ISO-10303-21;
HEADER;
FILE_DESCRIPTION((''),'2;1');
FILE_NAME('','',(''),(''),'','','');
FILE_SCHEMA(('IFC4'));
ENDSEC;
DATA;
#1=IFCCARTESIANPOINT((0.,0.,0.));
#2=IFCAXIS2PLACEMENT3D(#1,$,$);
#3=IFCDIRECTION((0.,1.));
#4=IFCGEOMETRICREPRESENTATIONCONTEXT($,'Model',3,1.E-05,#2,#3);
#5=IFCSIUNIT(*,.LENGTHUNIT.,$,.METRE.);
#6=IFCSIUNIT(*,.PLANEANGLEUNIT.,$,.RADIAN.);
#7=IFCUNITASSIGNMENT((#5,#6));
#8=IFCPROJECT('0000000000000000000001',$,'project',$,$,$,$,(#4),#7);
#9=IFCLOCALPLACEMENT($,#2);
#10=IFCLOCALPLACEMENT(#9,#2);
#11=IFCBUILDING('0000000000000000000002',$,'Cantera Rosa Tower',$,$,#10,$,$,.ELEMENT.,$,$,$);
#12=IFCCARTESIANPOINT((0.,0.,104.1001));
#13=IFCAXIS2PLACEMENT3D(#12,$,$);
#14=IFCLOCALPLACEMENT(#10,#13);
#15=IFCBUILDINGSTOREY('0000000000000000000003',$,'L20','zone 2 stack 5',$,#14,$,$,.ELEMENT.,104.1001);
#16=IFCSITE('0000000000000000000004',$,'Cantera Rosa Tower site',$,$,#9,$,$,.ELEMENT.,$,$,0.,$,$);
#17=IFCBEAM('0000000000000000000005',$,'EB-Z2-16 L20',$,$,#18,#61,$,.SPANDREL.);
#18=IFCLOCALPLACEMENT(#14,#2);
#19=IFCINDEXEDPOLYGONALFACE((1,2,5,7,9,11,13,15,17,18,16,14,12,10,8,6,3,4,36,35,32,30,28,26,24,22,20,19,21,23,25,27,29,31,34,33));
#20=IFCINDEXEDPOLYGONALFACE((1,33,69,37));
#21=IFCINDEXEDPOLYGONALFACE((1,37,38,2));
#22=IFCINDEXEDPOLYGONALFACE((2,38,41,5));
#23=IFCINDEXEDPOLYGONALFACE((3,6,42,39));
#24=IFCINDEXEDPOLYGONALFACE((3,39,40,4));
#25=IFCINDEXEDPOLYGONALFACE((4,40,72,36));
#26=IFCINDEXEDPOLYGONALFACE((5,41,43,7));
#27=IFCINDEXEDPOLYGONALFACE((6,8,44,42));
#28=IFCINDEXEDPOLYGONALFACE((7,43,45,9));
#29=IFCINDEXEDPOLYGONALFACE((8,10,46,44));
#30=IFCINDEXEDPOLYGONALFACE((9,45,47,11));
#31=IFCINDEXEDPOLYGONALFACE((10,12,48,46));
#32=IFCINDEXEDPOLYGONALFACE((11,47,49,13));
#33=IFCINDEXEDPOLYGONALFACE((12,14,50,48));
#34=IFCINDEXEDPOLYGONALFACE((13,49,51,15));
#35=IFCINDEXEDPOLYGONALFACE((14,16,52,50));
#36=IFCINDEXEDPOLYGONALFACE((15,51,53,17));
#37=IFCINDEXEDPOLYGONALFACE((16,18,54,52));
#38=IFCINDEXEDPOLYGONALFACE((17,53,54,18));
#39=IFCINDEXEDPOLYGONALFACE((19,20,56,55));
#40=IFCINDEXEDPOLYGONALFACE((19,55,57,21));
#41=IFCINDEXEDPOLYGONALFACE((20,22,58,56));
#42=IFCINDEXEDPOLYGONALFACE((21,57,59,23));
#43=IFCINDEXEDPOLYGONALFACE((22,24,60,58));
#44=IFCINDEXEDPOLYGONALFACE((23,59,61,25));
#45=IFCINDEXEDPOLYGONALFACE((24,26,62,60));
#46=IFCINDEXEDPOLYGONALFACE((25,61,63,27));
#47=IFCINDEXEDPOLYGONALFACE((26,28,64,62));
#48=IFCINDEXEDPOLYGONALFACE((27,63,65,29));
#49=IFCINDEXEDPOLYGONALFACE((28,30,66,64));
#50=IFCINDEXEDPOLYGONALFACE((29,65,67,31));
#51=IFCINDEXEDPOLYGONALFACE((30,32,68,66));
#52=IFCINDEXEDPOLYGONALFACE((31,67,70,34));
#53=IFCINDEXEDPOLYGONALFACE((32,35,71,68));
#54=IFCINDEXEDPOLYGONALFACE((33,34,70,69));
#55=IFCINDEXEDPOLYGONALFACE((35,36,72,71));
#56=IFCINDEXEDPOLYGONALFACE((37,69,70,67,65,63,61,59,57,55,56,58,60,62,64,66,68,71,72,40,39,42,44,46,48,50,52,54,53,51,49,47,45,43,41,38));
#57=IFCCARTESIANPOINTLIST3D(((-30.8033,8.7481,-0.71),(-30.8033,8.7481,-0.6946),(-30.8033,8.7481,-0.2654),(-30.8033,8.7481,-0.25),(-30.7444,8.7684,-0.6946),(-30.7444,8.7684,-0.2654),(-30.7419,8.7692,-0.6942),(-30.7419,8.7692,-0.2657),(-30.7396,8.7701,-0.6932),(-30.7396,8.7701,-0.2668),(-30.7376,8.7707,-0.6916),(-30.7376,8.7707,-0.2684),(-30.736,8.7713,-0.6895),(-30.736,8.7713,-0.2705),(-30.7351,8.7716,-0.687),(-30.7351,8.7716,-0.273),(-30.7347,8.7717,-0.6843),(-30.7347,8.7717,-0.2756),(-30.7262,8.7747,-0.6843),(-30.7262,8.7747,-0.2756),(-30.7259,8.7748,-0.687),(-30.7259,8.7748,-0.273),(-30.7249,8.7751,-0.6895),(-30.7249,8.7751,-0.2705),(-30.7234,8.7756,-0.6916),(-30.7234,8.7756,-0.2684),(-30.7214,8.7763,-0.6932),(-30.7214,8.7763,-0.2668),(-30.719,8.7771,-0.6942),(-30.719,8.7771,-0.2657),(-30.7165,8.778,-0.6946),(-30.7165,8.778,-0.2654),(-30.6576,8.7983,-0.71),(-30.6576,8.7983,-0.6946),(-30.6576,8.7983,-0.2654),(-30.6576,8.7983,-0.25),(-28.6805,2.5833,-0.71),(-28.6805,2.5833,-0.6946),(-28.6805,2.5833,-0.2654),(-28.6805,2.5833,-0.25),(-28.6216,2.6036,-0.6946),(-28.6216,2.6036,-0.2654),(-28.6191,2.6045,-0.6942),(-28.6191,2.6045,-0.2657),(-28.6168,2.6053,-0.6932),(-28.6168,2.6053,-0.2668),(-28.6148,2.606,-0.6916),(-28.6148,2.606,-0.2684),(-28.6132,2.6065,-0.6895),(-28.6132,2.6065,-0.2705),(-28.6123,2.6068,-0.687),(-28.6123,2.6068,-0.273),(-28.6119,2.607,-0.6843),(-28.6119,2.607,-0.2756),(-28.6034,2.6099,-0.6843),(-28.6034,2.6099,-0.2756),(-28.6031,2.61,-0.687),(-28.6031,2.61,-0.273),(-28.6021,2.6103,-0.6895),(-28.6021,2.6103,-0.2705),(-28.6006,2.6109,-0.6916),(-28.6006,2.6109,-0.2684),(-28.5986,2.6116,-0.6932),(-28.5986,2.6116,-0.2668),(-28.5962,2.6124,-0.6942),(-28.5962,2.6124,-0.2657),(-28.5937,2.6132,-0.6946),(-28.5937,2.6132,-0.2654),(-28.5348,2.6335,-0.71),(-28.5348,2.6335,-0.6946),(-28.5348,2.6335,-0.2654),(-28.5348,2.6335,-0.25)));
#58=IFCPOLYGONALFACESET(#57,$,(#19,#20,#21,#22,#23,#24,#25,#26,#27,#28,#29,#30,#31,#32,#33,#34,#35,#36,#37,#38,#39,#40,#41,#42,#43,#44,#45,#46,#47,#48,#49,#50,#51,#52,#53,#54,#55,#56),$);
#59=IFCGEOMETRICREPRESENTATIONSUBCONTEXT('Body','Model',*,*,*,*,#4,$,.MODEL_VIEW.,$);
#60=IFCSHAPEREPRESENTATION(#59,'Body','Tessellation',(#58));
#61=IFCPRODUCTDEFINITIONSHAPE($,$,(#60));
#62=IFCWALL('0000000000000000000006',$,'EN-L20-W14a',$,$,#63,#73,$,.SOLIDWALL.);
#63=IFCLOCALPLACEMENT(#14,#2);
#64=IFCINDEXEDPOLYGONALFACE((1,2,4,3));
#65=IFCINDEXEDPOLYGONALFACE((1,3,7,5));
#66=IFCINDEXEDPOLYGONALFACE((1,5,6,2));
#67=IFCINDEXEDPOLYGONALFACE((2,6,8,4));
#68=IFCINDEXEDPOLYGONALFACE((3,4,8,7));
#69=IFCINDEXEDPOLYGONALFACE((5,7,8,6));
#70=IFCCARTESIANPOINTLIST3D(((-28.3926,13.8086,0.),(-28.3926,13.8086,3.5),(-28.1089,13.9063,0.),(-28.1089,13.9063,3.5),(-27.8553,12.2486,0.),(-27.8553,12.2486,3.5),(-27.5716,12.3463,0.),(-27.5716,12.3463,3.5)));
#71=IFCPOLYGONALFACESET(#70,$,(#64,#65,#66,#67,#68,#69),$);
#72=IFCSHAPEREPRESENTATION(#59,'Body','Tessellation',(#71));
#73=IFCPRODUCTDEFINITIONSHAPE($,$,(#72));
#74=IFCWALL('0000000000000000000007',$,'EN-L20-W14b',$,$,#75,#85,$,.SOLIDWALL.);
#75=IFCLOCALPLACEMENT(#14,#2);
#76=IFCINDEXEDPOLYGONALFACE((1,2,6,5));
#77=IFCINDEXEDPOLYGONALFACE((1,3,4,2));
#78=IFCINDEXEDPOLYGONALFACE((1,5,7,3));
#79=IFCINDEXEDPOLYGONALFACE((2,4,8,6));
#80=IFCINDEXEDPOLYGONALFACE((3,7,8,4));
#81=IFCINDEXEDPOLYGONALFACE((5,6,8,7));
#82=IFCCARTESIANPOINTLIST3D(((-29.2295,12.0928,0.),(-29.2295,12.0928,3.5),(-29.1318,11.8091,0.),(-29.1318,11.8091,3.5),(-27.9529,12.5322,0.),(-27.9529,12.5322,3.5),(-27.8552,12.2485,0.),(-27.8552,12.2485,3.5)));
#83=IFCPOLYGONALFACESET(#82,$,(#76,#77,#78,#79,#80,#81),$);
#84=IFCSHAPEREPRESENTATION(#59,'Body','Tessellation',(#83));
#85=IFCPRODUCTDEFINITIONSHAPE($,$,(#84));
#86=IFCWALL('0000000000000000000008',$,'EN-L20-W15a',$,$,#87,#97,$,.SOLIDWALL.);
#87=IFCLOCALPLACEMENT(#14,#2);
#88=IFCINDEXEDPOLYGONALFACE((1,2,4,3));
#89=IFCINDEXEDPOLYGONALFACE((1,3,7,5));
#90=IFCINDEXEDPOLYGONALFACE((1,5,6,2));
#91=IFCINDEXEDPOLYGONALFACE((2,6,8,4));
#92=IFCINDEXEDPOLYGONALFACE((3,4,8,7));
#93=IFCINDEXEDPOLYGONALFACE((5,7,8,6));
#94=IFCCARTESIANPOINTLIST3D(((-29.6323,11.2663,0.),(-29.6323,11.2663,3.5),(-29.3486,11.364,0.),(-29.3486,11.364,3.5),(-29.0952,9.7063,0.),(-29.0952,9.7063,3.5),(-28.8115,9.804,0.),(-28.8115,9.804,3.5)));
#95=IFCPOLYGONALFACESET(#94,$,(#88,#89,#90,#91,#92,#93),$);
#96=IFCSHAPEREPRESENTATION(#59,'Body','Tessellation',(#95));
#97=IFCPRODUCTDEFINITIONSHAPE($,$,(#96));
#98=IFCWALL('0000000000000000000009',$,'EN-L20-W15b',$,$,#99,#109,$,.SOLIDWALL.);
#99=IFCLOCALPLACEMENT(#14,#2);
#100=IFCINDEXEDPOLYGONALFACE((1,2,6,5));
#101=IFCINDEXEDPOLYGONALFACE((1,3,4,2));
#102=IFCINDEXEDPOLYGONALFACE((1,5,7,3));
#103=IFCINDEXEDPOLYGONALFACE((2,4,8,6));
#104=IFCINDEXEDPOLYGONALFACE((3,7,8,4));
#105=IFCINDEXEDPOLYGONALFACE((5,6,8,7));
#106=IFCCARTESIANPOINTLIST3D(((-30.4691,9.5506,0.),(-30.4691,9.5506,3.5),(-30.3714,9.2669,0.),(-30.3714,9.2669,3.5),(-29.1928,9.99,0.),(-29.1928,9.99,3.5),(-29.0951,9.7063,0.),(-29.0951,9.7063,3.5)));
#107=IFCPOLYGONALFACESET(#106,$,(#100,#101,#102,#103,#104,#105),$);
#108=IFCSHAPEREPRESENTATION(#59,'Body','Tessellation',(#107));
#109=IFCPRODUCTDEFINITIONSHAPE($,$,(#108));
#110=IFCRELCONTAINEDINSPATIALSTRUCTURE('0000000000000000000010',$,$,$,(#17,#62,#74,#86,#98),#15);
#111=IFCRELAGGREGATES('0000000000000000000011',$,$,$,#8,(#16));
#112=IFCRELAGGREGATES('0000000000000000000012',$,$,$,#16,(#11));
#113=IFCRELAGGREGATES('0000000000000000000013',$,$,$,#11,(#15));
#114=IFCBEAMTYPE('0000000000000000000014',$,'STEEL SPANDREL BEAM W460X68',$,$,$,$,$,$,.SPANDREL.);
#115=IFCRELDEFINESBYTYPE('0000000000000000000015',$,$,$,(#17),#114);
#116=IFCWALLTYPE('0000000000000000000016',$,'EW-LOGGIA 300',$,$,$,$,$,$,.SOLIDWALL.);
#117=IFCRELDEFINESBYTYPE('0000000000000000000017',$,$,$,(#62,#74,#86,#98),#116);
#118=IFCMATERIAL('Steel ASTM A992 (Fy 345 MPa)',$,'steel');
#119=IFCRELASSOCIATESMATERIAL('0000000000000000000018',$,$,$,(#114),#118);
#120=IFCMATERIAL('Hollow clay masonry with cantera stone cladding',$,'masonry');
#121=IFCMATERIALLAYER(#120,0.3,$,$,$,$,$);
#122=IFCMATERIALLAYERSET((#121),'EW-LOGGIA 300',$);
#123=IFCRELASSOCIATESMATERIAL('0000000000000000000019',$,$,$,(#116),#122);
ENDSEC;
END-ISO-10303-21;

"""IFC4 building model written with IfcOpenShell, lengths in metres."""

from ifc_helpers import new_model, si_unit, direction, frame, frame_2d, origin, origin_2d, place, context, subcontext, project, spatial, rectangle, i_section, extrude, material, layer, layer_set, material_profile, profile_set, type_object, element, save


model = new_model("IFC4")

# Units and contexts
model_context = context("Model", 3, precision=1e-05, world=origin(), true_north=direction((0.0, 1.0)))
body_context = subcontext(model_context, "Body", "Model", "MODEL_VIEW")
ifc_project = project(units=[si_unit("LENGTHUNIT", "METRE"), si_unit("PLANEANGLEUNIT", "RADIAN")], contexts=[model_context])

# Site, building, storey
site_placement = place(None, origin())
site = spatial("IfcSite", under=ifc_project, at=site_placement, Name="Cantera Rosa Tower site", CompositionType="ELEMENT", RefElevation=0.0)
building_placement = place(site_placement, origin())
building = spatial("IfcBuilding", under=site, at=building_placement, Name="Cantera Rosa Tower", CompositionType="ELEMENT")
storey_placement = place(building_placement, frame((0.0, 0.0, 104.1001)))
storey = spatial("IfcBuildingStorey", under=building, at=storey_placement, Name="L20", Description="zone 2 stack 5", CompositionType="ELEMENT", Elevation=104.1001)

# Beam
ifc_material_1 = material(Name="Steel ASTM A992 (Fy 345 MPa)", Category="steel")
ifc_material_profile_1 = material_profile(ifc_material_1, i_section(OverallWidth=0.1541, OverallDepth=0.46, WebThickness=0.009, FlangeThickness=0.0154, FilletRadius=0.0103, at=origin_2d()), Name="W460X68")
ifc_profile_set_1 = profile_set([ifc_material_profile_1], Name="Steel ASTM A992 (Fy 345 MPa)")
beam_type_1 = type_object("IfcBeamType", Name="STEEL SPANDREL BEAM W460X68", PredefinedType="SPANDREL", material=ifc_profile_set_1)
beam_1_placement = place(storey_placement, frame((-30.7305, 8.7732, -0.48), z_axis=(0.325581, -0.945514, 0.0), x_axis=(0.945514, 0.325581, 0.0)))
element("IfcBeam", 1, at=beam_1_placement, inside=storey, type_object=beam_type_1, Name="EB-Z2-16 L20", PredefinedType="SPANDREL", context=body_context, shape_type="SweptSolid", body=[
    extrude(i_section(OverallWidth=0.1541, OverallDepth=0.46, WebThickness=0.009, FlangeThickness=0.0154, FilletRadius=0.0103, at=origin_2d()), origin(), (0.0, 0.0, 1.0), 6.52),
])

# Walls
ifc_material_2 = material(Name="Hollow clay masonry with cantera stone cladding", Category="masonry")
ifc_layer_1 = layer(ifc_material_2, 0.3)
ifc_layer_set_1 = layer_set([ifc_layer_1], Name="EW-LOGGIA 300")
wall_type_1 = type_object("IfcWallType", Name="EW-LOGGIA 300", PredefinedType="SOLIDWALL", material=ifc_layer_set_1)
wall_1_placement = place(storey_placement, frame((-28.2507, 13.8574, 0.0), z_axis=(0.0, 0.0, 1.0), x_axis=(0.325667, -0.945485, 0.0)))
element("IfcWall", 2, at=wall_1_placement, inside=storey, type_object=wall_type_1, Name="EN-L20-W14a", PredefinedType="SOLIDWALL", context=body_context, shape_type="SweptSolid", body=[
    extrude(rectangle(XDim=1.6499, YDim=0.3, at=frame_2d((0.825, 0.0))), origin(), (0.0, 0.0, 1.0), 3.5),
])
wall_2_placement = place(storey_placement, frame((-27.9041, 12.3904, 0.0), z_axis=(0.0, 0.0, 1.0), x_axis=(-0.945546, -0.325489, 0.0)))
element("IfcWall", 3, at=wall_2_placement, inside=storey, type_object=wall_type_1, Name="EN-L20-W14b", PredefinedType="SOLIDWALL", context=body_context, shape_type="SweptSolid", body=[
    extrude(rectangle(XDim=1.3501, YDim=0.3, at=frame_2d((0.675, 0.0))), origin(), (0.0, 0.0, 1.0), 3.5),
])
wall_3_placement = place(storey_placement, frame((-29.4905, 11.3152, 0.0), z_axis=(0.0, 0.0, 1.0), x_axis=(0.325535, -0.94553, 0.0)))
element("IfcWall", 4, at=wall_3_placement, inside=storey, type_object=wall_type_1, Name="EN-L20-W15a", PredefinedType="SOLIDWALL", context=body_context, shape_type="SweptSolid", body=[
    extrude(rectangle(XDim=1.6499, YDim=0.3, at=frame_2d((0.825, 0.0))), origin(), (0.0, 0.0, 1.0), 3.5),
])
wall_4_placement = place(storey_placement, frame((-29.144, 9.8481, 0.0), z_axis=(0.0, 0.0, 1.0), x_axis=(-0.945527, -0.325545, 0.0)))
element("IfcWall", 5, at=wall_4_placement, inside=storey, type_object=wall_type_1, Name="EN-L20-W15b", PredefinedType="SOLIDWALL", context=body_context, shape_type="SweptSolid", body=[
    extrude(rectangle(XDim=1.3499, YDim=0.3, at=frame_2d((0.6748, 0.0))), origin(), (0.0, 0.0, 1.0), 3.5),
])

save(model, "model.ifc")
